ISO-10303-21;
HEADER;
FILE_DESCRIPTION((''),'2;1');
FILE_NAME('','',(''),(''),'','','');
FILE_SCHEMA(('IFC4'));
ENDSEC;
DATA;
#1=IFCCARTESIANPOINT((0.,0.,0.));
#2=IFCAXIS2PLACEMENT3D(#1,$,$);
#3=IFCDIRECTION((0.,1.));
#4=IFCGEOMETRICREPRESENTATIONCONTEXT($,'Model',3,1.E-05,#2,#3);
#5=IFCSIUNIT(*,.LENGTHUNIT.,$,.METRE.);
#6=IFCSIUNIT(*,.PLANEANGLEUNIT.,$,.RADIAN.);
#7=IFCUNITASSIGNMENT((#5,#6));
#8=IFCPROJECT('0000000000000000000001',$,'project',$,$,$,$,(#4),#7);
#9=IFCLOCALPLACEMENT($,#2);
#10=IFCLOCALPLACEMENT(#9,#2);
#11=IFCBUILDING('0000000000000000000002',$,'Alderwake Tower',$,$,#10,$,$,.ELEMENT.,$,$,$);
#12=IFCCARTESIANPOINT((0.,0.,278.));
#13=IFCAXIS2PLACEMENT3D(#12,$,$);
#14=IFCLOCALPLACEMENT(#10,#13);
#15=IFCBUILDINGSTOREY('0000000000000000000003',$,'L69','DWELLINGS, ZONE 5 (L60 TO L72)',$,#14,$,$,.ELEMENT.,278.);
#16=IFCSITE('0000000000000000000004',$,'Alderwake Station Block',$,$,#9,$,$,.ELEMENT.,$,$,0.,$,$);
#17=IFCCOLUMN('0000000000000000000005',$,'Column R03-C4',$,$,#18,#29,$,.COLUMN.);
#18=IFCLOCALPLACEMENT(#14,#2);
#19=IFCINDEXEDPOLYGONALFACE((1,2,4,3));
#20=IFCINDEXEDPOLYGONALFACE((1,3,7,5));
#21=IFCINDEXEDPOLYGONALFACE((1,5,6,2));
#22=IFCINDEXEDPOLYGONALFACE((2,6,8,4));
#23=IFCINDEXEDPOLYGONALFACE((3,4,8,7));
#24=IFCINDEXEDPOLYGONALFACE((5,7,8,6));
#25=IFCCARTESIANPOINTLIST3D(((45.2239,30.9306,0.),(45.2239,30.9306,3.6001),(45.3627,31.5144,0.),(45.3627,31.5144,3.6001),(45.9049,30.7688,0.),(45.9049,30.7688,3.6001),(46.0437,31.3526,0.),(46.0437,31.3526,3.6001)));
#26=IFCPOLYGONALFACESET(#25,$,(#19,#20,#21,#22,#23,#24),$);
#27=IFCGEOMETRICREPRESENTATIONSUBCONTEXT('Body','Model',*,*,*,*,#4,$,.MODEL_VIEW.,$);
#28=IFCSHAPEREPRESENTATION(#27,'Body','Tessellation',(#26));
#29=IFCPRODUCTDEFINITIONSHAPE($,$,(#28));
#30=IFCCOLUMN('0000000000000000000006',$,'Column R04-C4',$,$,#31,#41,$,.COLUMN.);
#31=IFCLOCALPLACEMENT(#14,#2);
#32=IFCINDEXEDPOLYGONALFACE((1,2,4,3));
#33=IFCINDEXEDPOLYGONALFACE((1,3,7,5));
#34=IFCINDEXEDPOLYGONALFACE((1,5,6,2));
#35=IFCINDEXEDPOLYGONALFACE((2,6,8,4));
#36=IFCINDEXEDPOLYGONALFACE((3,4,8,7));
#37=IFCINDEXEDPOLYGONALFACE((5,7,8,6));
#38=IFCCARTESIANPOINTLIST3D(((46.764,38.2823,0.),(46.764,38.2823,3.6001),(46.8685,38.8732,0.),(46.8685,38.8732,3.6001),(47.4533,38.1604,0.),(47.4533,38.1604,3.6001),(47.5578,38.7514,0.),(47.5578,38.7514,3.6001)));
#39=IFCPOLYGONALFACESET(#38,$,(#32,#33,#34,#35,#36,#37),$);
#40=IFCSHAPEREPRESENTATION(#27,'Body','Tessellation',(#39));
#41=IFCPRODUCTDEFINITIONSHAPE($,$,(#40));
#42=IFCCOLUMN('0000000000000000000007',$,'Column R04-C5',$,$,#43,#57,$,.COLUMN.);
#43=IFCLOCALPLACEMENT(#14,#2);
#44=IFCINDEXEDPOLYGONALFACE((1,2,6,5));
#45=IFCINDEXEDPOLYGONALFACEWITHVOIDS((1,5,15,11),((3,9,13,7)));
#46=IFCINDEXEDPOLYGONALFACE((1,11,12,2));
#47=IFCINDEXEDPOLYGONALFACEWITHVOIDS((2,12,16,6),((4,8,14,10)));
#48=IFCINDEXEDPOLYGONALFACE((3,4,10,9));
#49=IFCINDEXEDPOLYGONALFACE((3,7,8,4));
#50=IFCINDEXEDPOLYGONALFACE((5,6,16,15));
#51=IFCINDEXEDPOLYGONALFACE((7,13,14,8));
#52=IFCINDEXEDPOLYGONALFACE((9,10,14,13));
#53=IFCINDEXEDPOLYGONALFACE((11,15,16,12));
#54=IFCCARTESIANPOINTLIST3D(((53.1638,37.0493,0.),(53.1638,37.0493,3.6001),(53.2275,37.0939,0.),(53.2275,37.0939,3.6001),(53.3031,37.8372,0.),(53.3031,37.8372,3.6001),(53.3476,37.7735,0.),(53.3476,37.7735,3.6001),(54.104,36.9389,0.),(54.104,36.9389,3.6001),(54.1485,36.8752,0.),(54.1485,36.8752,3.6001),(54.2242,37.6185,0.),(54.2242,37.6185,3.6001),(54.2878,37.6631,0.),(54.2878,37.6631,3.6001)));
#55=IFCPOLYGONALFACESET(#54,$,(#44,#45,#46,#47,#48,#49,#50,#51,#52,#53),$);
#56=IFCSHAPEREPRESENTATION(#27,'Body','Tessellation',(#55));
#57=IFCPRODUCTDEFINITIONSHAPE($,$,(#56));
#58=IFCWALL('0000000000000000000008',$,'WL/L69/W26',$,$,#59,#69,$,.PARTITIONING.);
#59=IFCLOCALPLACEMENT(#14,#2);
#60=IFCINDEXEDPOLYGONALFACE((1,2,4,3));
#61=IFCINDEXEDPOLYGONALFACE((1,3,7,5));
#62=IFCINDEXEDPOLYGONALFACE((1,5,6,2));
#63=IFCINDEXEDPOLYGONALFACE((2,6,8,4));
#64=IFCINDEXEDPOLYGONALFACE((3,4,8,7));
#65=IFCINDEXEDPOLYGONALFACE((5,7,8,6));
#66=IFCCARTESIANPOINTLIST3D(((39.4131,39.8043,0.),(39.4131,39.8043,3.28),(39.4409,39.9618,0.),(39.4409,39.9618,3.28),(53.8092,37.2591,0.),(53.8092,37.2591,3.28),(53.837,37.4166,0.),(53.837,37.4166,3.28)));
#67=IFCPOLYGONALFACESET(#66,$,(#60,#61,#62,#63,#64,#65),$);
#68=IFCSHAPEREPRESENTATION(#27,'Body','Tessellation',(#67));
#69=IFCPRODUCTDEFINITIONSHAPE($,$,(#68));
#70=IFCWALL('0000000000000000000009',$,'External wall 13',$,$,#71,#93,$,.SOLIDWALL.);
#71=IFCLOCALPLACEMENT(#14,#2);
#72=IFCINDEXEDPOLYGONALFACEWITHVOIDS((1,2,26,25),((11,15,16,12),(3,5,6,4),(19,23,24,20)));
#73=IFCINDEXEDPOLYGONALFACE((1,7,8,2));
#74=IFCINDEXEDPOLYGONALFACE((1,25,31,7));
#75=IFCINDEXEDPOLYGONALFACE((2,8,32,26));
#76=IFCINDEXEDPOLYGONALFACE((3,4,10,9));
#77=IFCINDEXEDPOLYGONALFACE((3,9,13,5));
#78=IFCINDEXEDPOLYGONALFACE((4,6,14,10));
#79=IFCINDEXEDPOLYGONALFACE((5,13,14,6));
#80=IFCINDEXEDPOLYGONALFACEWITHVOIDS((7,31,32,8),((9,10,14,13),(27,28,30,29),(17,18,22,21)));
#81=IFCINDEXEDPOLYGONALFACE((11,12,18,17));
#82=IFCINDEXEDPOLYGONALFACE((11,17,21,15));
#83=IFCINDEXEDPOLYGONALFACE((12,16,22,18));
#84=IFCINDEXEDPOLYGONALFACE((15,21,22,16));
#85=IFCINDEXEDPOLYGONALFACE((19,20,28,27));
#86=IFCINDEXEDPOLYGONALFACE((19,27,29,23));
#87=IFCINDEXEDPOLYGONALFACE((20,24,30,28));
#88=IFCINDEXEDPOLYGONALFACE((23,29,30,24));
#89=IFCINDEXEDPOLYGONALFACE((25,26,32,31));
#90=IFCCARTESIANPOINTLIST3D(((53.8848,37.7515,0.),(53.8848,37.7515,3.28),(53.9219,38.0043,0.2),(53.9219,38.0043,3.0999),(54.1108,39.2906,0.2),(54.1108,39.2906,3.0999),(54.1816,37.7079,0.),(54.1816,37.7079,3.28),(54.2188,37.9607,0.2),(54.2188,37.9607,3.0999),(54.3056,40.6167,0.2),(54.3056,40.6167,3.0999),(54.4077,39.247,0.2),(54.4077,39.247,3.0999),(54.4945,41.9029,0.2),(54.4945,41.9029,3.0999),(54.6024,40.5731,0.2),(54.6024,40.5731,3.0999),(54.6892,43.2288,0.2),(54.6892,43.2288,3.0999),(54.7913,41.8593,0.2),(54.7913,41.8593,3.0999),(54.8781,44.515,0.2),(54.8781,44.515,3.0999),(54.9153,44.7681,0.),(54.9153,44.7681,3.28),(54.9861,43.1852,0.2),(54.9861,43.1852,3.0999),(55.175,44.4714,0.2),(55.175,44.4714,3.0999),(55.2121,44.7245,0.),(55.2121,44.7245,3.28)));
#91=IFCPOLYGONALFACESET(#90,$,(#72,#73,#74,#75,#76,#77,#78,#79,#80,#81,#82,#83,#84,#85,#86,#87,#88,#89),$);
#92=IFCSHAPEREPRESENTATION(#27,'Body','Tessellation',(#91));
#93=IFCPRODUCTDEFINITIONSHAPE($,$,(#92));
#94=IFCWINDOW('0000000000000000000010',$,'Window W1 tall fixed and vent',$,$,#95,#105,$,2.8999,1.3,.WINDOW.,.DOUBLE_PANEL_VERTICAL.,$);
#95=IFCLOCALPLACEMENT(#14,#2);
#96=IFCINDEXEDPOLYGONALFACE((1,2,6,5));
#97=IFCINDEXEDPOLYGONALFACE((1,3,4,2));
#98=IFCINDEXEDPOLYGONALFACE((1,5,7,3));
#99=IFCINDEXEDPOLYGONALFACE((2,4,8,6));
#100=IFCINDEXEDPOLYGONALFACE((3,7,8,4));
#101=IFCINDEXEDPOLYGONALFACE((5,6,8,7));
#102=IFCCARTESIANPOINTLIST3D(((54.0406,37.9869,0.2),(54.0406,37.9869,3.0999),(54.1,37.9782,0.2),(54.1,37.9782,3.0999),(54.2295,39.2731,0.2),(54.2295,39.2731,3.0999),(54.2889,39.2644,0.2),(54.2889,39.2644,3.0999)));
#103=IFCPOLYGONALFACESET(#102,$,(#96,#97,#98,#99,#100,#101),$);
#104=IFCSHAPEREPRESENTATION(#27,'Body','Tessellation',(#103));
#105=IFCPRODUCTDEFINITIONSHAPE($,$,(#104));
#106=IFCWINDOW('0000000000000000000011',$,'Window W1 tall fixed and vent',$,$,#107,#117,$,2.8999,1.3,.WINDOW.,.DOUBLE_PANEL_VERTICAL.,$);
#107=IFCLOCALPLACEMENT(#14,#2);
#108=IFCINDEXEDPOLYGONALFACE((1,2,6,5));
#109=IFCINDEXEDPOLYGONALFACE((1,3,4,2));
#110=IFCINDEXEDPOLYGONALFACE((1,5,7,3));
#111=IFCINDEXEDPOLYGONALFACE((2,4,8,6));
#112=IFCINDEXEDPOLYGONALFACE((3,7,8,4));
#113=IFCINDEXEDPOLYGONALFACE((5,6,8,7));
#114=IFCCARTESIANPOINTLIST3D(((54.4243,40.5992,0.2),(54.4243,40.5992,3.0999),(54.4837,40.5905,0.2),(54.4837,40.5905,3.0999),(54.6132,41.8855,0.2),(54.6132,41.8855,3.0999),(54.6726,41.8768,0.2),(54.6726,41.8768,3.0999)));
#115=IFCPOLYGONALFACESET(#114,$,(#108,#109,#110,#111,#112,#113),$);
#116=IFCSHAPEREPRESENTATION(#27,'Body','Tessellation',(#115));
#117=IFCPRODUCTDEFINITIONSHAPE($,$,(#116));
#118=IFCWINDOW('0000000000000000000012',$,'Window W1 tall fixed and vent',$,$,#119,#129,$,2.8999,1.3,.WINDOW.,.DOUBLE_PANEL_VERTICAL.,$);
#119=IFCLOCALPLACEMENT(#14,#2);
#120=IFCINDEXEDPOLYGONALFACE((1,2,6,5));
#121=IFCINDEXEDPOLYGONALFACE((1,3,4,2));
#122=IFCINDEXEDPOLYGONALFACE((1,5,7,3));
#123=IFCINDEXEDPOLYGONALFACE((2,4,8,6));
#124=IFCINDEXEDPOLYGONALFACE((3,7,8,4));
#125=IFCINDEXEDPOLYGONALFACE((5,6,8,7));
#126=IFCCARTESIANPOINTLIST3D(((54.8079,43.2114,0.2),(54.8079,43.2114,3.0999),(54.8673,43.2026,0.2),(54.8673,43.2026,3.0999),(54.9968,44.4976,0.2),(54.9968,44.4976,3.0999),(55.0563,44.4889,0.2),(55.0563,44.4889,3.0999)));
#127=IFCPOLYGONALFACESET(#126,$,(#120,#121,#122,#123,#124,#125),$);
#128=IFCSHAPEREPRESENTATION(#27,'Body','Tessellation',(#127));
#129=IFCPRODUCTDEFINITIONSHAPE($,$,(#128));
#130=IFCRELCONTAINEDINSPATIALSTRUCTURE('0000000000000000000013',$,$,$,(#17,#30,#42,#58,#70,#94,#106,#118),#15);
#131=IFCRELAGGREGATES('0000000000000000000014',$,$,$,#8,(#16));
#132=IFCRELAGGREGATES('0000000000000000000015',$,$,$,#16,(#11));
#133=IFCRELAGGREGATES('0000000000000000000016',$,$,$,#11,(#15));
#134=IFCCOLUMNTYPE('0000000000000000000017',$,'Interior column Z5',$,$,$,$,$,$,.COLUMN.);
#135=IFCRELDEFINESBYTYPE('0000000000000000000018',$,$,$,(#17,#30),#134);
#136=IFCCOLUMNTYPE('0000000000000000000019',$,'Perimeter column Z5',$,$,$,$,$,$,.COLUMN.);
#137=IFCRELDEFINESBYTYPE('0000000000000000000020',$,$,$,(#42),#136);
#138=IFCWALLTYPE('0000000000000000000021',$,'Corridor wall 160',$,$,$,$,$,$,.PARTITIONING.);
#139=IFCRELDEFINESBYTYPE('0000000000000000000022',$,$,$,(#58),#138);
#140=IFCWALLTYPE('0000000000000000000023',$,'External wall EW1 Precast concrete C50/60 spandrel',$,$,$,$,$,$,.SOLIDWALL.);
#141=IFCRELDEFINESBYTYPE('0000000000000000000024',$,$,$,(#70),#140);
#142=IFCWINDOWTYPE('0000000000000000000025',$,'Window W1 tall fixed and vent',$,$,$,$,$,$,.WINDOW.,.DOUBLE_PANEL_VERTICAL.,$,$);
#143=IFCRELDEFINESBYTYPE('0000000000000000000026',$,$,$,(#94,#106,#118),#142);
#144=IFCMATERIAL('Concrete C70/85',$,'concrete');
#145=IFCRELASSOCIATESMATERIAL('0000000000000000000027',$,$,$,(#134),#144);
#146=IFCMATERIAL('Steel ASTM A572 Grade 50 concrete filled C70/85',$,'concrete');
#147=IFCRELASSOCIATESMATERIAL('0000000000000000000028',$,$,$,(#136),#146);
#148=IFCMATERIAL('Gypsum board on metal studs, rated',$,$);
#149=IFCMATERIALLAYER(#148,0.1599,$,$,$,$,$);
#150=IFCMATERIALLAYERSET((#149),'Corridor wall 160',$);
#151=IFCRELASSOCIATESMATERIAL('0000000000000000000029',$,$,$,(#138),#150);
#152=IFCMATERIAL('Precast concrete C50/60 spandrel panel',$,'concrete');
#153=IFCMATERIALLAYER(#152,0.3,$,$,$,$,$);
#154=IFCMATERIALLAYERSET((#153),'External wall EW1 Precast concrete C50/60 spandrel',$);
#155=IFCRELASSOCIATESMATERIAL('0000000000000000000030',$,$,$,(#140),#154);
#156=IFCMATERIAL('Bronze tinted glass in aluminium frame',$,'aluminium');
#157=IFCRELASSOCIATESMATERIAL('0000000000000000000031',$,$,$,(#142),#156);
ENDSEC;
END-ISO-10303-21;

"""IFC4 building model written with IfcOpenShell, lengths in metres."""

from ifc_helpers import new_model, si_unit, direction, frame, frame_2d, origin, origin_2d, place, context, subcontext, project, spatial, rectangle, hollow_rectangle, extrude, material, layer, layer_set, material_profile, profile_set, type_object, element, fill, save


model = new_model("IFC4")

# Units and contexts
model_context = context("Model", 3, precision=1e-05, world=origin(), true_north=direction((0.0, 1.0)))
body_context = subcontext(model_context, "Body", "Model", "MODEL_VIEW")
ifc_project = project(units=[si_unit("LENGTHUNIT", "METRE"), si_unit("PLANEANGLEUNIT", "RADIAN")], contexts=[model_context])

# Site, building, storey
site_placement = place(None, origin())
site = spatial("IfcSite", under=ifc_project, at=site_placement, Name="Alderwake Station Block", CompositionType="ELEMENT", RefElevation=0.0)
building_placement = place(site_placement, origin())
building = spatial("IfcBuilding", under=site, at=building_placement, Name="Alderwake Tower", CompositionType="ELEMENT")
storey_placement = place(building_placement, frame((0.0, 0.0, 278.0)))
storey = spatial("IfcBuildingStorey", under=building, at=storey_placement, Name="L69", Description="DWELLINGS, ZONE 5 (L60 TO L72)", CompositionType="ELEMENT", Elevation=278.0)

# Columns
ifc_material_1 = material(Name="Concrete C70/85", Category="concrete")
ifc_material_profile_1 = material_profile(ifc_material_1, rectangle(XDim=0.6001, YDim=0.7, at=origin_2d()), Name="RC 700X600")
ifc_profile_set_1 = profile_set([ifc_material_profile_1], Name="Concrete C70/85")
column_type_1 = type_object("IfcColumnType", Name="Interior column Z5", PredefinedType="COLUMN", material=ifc_profile_set_1)
for number, where, z_axis, x_axis, name in (
    (1, (45.6338, 31.1416, 0.0), (0.0, 0.0, 1.0), (0.231222, 0.972901, 0.0), "Column R03-C4"),
    (2, (47.1609, 38.5168, 0.0), (0.0, 0.0, 1.0), (0.174109, 0.984726, 0.0), "Column R04-C4"),
):
    element("IfcColumn", number, at=place(storey_placement, frame(where, z_axis=z_axis, x_axis=x_axis)), inside=storey, type_object=column_type_1, Name=name, PredefinedType="COLUMN", context=body_context, shape_type="SweptSolid", body=[
        extrude(rectangle(XDim=0.6001, YDim=0.7, at=origin_2d()), origin(), (0.0, 0.0, 1.0), 3.6001),
    ])
ifc_material_2 = material(Name="Steel ASTM A572 Grade 50 concrete filled C70/85", Category="concrete")
ifc_material_profile_2 = material_profile(ifc_material_2, hollow_rectangle(XDim=0.8, YDim=1.0, WallThickness=0.0549, at=origin_2d()), Name="BOX 1000X800X55")
ifc_profile_set_2 = profile_set([ifc_material_profile_2], Name="Steel ASTM A572 Grade 50 concrete filled C70/85")
column_type_2 = type_object("IfcColumnType", Name="Perimeter column Z5", PredefinedType="COLUMN", material=ifc_profile_set_2)
column_placement = place(storey_placement, frame((53.7258, 37.3562, 0.0), z_axis=(0.0, 0.0, 1.0), x_axis=(0.174109, 0.984726, 0.0)))
element("IfcColumn", 3, at=column_placement, inside=storey, type_object=column_type_2, Name="Column R04-C5", PredefinedType="COLUMN", context=body_context, shape_type="SweptSolid", body=[
    extrude(hollow_rectangle(XDim=0.8, YDim=1.0, WallThickness=0.0549, at=origin_2d()), origin(), (0.0, 0.0, 1.0), 3.6001),
])

# Wall
ifc_material_3 = material(Name="Gypsum board on metal studs, rated")
ifc_layer_1 = layer(ifc_material_3, 0.1599)
ifc_layer_set_1 = layer_set([ifc_layer_1], Name="Corridor wall 160")
wall_type_1 = type_object("IfcWallType", Name="Corridor wall 160", PredefinedType="PARTITIONING", material=ifc_layer_set_1)
wall_1_placement = place(storey_placement, frame((53.823, 37.3379, 0.0), z_axis=(0.0, 0.0, 1.0), x_axis=(-0.984729, 0.174094, 0.0)))
element("IfcWall", 4, at=wall_1_placement, inside=storey, type_object=wall_type_1, Name="WL/L69/W26", PredefinedType="PARTITIONING", context=body_context, shape_type="SweptSolid", body=[
    extrude(rectangle(XDim=14.6194, YDim=0.1599, at=frame_2d((7.3096, 0.0))), origin(), (0.0, 0.0, 1.0), 3.28),
])

# Shared definitions
ifc_material_4 = material(Name="Precast concrete C50/60 spandrel panel", Category="concrete")
ifc_layer_2 = layer(ifc_material_4, 0.3)
ifc_layer_set_2 = layer_set([ifc_layer_2], Name="External wall EW1 Precast concrete C50/60 spandrel")
wall_type_2 = type_object("IfcWallType", Name="External wall EW1 Precast concrete C50/60 spandrel", PredefinedType="SOLIDWALL", material=ifc_layer_set_2)
ifc_material_5 = material(Name="Bronze tinted glass in aluminium frame", Category="aluminium")
window_type = type_object("IfcWindowType", Name="Window W1 tall fixed and vent", PartitioningType="DOUBLE_PANEL_VERTICAL", PredefinedType="WINDOW", material=ifc_material_5)

# Wall, openings, windows
wall_2_placement = place(storey_placement, frame((54.0332, 37.7297, 0.0), z_axis=(0.0, 0.0, 1.0), x_axis=(0.14531, 0.989386, 0.0)))
wall_2 = element("IfcWall", 5, at=wall_2_placement, inside=storey, type_object=wall_type_2, Name="External wall 13", PredefinedType="SOLIDWALL", context=body_context, shape_type="SweptSolid", body=[
    extrude(rectangle(XDim=7.0918, YDim=0.3, at=frame_2d((3.5459, 0.0))), origin(), (0.0, 0.0, 1.0), 3.28),
])
opening_1_placement = place(wall_2_placement, frame((0.2556, 0.0, 0.2)))
opening_1 = element("IfcOpeningElement", 6, at=opening_1_placement, cuts=wall_2, PredefinedType="OPENING", context=body_context, shape_type="SweptSolid", body=[
    extrude(rectangle(XDim=1.3, YDim=2.8999, at=frame_2d((0.6499, 1.45))), frame((0.0, 0.1599, 0.0), z_axis=(0.0, -1.0, 0.0), x_axis=(1.0, 0.0, 0.0)), (0.0, 0.0, 1.0), 0.3201),
])
opening_2_placement = place(wall_2_placement, frame((2.896, 0.0, 0.2)))
opening_2 = element("IfcOpeningElement", 7, at=opening_2_placement, cuts=wall_2, PredefinedType="OPENING", context=body_context, shape_type="SweptSolid", body=[
    extrude(rectangle(XDim=1.3, YDim=2.8999, at=frame_2d((0.6499, 1.45))), frame((0.0, 0.1599, 0.0), z_axis=(0.0, -1.0, 0.0), x_axis=(1.0, 0.0, 0.0)), (0.0, 0.0, 1.0), 0.3201),
])
opening_3_placement = place(wall_2_placement, frame((5.5361, 0.0, 0.2)))
opening_3 = element("IfcOpeningElement", 8, at=opening_3_placement, cuts=wall_2, PredefinedType="OPENING", context=body_context, shape_type="SweptSolid", body=[
    extrude(rectangle(XDim=1.3, YDim=2.8999, at=frame_2d((0.6499, 1.45))), frame((0.0, 0.1599, 0.0), z_axis=(0.0, -1.0, 0.0), x_axis=(1.0, 0.0, 0.0)), (0.0, 0.0, 1.0), 0.3201),
])
window_1_placement = place(opening_1_placement, origin())
window_1 = element("IfcWindow", 9, at=window_1_placement, inside=storey, type_object=window_type, Name="Window W1 tall fixed and vent", OverallHeight=2.8999, OverallWidth=1.3, PartitioningType="DOUBLE_PANEL_VERTICAL", PredefinedType="WINDOW", context=body_context, shape_type="SweptSolid", body=[
    extrude(rectangle(XDim=1.3, YDim=2.8999, at=frame_2d((0.6499, 1.45))), frame((0.0, 0.03, 0.0), z_axis=(0.0, -1.0, 0.0), x_axis=(1.0, 0.0, 0.0)), (0.0, 0.0, 1.0), 0.0601),
])
fill(opening_1, window_1)
window_2_placement = place(opening_2_placement, origin())
window_2 = element("IfcWindow", 10, at=window_2_placement, inside=storey, type_object=window_type, Name="Window W1 tall fixed and vent", OverallHeight=2.8999, OverallWidth=1.3, PartitioningType="DOUBLE_PANEL_VERTICAL", PredefinedType="WINDOW", context=body_context, shape_type="SweptSolid", body=[
    extrude(rectangle(XDim=1.3, YDim=2.8999, at=frame_2d((0.6499, 1.45))), frame((0.0, 0.03, 0.0), z_axis=(0.0, -1.0, 0.0), x_axis=(1.0, 0.0, 0.0)), (0.0, 0.0, 1.0), 0.0601),
])
fill(opening_2, window_2)
window_3_placement = place(opening_3_placement, origin())
window_3 = element("IfcWindow", 11, at=window_3_placement, inside=storey, type_object=window_type, Name="Window W1 tall fixed and vent", OverallHeight=2.8999, OverallWidth=1.3, PartitioningType="DOUBLE_PANEL_VERTICAL", PredefinedType="WINDOW", context=body_context, shape_type="SweptSolid", body=[
    extrude(rectangle(XDim=1.3, YDim=2.8999, at=frame_2d((0.6499, 1.45))), frame((0.0, 0.03, 0.0), z_axis=(0.0, -1.0, 0.0), x_axis=(1.0, 0.0, 0.0)), (0.0, 0.0, 1.0), 0.0601),
])
fill(opening_3, window_3)

save(model, "model.ifc")
